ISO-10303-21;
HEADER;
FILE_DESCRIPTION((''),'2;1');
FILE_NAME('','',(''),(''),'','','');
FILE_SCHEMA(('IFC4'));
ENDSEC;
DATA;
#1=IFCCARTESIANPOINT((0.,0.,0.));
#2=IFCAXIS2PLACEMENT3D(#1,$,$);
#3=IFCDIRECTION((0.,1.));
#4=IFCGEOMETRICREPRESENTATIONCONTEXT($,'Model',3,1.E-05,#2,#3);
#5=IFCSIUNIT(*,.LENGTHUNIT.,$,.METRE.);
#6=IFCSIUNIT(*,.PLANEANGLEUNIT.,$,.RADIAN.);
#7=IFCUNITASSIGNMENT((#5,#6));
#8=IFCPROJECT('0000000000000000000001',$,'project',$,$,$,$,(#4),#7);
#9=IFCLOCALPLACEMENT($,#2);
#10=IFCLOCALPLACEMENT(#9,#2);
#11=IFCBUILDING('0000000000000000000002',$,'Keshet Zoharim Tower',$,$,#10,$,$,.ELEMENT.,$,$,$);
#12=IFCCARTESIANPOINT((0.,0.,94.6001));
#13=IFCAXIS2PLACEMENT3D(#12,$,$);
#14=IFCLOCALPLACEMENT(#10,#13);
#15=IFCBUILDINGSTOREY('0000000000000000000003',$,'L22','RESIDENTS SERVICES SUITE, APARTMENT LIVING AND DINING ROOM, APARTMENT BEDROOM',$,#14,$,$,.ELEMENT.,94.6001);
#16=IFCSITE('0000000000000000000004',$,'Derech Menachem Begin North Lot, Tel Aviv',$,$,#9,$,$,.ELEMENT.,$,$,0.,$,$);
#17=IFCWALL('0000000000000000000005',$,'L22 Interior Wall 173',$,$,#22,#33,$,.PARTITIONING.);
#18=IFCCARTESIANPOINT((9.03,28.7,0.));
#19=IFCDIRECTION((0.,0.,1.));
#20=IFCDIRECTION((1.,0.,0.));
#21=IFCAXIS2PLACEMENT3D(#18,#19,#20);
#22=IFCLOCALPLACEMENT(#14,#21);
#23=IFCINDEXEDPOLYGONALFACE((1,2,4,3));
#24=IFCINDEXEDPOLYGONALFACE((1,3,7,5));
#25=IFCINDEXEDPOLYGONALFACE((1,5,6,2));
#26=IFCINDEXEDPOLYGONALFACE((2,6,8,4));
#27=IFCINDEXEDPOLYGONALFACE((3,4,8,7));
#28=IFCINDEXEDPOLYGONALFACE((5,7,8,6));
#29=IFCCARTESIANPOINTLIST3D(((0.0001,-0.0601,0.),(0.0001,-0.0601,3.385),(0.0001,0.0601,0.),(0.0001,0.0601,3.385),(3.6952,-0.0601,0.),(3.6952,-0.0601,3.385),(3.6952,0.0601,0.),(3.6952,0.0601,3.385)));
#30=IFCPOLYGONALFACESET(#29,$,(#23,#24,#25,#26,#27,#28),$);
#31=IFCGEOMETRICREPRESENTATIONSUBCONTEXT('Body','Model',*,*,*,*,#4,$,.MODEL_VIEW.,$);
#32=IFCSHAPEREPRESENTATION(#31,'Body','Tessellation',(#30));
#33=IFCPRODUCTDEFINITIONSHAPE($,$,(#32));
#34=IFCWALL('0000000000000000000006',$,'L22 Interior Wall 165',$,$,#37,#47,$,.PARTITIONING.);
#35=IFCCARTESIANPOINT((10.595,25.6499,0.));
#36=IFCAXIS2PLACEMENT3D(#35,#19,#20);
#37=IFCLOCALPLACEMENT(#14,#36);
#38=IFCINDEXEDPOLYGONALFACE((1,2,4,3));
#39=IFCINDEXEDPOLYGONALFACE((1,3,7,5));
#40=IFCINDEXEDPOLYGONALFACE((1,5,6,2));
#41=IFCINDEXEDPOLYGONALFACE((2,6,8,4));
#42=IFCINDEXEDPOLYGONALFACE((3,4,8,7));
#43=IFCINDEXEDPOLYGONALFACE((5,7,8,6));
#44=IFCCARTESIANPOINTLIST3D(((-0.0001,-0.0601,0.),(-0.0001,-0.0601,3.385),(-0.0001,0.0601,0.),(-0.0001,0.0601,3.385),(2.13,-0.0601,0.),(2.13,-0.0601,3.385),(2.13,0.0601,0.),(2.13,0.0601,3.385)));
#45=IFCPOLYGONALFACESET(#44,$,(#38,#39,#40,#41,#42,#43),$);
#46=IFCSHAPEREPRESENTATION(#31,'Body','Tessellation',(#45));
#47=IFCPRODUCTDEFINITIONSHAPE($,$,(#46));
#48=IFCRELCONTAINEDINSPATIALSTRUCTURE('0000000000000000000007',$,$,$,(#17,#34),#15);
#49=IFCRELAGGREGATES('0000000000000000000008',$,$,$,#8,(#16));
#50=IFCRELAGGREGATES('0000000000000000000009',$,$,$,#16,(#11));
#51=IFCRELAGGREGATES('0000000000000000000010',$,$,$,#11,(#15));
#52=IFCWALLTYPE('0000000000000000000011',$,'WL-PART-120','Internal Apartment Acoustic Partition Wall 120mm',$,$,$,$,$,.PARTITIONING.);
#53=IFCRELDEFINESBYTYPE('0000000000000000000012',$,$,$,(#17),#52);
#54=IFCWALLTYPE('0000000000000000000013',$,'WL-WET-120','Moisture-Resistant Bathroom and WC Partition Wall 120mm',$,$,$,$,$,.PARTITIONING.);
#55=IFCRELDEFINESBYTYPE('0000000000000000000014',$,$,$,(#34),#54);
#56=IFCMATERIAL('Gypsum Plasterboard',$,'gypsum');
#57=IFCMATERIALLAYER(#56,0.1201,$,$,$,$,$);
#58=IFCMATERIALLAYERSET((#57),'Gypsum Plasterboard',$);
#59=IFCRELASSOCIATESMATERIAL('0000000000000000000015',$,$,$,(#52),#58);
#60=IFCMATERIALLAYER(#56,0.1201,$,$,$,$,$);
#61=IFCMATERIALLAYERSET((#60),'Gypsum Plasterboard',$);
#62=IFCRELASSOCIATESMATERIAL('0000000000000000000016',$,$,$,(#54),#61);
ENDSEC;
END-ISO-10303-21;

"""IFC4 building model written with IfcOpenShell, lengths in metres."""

from ifc_helpers import new_model, si_unit, direction, frame, frame_2d, origin, place, context, subcontext, project, spatial, rectangle, extrude, material, layer, layer_set, type_object, element, save


model = new_model("IFC4")

# Units and contexts
model_context = context("Model", 3, precision=1e-05, world=origin(), true_north=direction((0.0, 1.0)))
body_context = subcontext(model_context, "Body", "Model", "MODEL_VIEW")
ifc_project = project(units=[si_unit("LENGTHUNIT", "METRE"), si_unit("PLANEANGLEUNIT", "RADIAN")], contexts=[model_context])

# Site, building, storey
site_placement = place(None, origin())
site = spatial("IfcSite", under=ifc_project, at=site_placement, Name="Derech Menachem Begin North Lot, Tel Aviv", CompositionType="ELEMENT", RefElevation=0.0)
building_placement = place(site_placement, origin())
building = spatial("IfcBuilding", under=site, at=building_placement, Name="Keshet Zoharim Tower", CompositionType="ELEMENT")
storey_placement = place(building_placement, frame((0.0, 0.0, 94.6001)))
storey = spatial("IfcBuildingStorey", under=building, at=storey_placement, Name="L22", Description="RESIDENTS SERVICES SUITE, APARTMENT LIVING AND DINING ROOM, APARTMENT BEDROOM", CompositionType="ELEMENT", Elevation=94.6001)

# Shared definitions
ifc_material_1 = material(Name="Gypsum Plasterboard", Category="gypsum")
ifc_layer_1 = layer(ifc_material_1, 0.1201)
ifc_layer_set_1 = layer_set([ifc_layer_1], Name="Gypsum Plasterboard")
wall_type_1 = type_object("IfcWallType", Name="WL-PART-120", Description="Internal Apartment Acoustic Partition Wall 120mm", PredefinedType="PARTITIONING", material=ifc_layer_set_1)

# Wall
wall_1_placement = place(storey_placement, frame((9.03, 28.7, 0.0), z_axis=(0.0, 0.0, 1.0), x_axis=(1.0, 0.0, 0.0)))
element("IfcWall", 1, at=wall_1_placement, inside=storey, type_object=wall_type_1, Name="L22 Interior Wall 173", PredefinedType="PARTITIONING", context=body_context, shape_type="SweptSolid", body=[
    extrude(rectangle(XDim=3.6951, YDim=0.1201, at=frame_2d((1.8477, 0.0))), origin(), (0.0, 0.0, 1.0), 3.385),
])

# Wall
ifc_layer_2 = layer(ifc_material_1, 0.1201)
ifc_layer_set_2 = layer_set([ifc_layer_2], Name="Gypsum Plasterboard")
wall_type_2 = type_object("IfcWallType", Name="WL-WET-120", Description="Moisture-Resistant Bathroom and WC Partition Wall 120mm", PredefinedType="PARTITIONING", material=ifc_layer_set_2)
wall_2_placement = place(storey_placement, frame((10.595, 25.6499, 0.0), z_axis=(0.0, 0.0, 1.0), x_axis=(1.0, 0.0, 0.0)))
element("IfcWall", 2, at=wall_2_placement, inside=storey, type_object=wall_type_2, Name="L22 Interior Wall 165", PredefinedType="PARTITIONING", context=body_context, shape_type="SweptSolid", body=[
    extrude(rectangle(XDim=2.1301, YDim=0.1201, at=frame_2d((1.0649, 0.0))), origin(), (0.0, 0.0, 1.0), 3.385),
])

save(model, "model.ifc")
